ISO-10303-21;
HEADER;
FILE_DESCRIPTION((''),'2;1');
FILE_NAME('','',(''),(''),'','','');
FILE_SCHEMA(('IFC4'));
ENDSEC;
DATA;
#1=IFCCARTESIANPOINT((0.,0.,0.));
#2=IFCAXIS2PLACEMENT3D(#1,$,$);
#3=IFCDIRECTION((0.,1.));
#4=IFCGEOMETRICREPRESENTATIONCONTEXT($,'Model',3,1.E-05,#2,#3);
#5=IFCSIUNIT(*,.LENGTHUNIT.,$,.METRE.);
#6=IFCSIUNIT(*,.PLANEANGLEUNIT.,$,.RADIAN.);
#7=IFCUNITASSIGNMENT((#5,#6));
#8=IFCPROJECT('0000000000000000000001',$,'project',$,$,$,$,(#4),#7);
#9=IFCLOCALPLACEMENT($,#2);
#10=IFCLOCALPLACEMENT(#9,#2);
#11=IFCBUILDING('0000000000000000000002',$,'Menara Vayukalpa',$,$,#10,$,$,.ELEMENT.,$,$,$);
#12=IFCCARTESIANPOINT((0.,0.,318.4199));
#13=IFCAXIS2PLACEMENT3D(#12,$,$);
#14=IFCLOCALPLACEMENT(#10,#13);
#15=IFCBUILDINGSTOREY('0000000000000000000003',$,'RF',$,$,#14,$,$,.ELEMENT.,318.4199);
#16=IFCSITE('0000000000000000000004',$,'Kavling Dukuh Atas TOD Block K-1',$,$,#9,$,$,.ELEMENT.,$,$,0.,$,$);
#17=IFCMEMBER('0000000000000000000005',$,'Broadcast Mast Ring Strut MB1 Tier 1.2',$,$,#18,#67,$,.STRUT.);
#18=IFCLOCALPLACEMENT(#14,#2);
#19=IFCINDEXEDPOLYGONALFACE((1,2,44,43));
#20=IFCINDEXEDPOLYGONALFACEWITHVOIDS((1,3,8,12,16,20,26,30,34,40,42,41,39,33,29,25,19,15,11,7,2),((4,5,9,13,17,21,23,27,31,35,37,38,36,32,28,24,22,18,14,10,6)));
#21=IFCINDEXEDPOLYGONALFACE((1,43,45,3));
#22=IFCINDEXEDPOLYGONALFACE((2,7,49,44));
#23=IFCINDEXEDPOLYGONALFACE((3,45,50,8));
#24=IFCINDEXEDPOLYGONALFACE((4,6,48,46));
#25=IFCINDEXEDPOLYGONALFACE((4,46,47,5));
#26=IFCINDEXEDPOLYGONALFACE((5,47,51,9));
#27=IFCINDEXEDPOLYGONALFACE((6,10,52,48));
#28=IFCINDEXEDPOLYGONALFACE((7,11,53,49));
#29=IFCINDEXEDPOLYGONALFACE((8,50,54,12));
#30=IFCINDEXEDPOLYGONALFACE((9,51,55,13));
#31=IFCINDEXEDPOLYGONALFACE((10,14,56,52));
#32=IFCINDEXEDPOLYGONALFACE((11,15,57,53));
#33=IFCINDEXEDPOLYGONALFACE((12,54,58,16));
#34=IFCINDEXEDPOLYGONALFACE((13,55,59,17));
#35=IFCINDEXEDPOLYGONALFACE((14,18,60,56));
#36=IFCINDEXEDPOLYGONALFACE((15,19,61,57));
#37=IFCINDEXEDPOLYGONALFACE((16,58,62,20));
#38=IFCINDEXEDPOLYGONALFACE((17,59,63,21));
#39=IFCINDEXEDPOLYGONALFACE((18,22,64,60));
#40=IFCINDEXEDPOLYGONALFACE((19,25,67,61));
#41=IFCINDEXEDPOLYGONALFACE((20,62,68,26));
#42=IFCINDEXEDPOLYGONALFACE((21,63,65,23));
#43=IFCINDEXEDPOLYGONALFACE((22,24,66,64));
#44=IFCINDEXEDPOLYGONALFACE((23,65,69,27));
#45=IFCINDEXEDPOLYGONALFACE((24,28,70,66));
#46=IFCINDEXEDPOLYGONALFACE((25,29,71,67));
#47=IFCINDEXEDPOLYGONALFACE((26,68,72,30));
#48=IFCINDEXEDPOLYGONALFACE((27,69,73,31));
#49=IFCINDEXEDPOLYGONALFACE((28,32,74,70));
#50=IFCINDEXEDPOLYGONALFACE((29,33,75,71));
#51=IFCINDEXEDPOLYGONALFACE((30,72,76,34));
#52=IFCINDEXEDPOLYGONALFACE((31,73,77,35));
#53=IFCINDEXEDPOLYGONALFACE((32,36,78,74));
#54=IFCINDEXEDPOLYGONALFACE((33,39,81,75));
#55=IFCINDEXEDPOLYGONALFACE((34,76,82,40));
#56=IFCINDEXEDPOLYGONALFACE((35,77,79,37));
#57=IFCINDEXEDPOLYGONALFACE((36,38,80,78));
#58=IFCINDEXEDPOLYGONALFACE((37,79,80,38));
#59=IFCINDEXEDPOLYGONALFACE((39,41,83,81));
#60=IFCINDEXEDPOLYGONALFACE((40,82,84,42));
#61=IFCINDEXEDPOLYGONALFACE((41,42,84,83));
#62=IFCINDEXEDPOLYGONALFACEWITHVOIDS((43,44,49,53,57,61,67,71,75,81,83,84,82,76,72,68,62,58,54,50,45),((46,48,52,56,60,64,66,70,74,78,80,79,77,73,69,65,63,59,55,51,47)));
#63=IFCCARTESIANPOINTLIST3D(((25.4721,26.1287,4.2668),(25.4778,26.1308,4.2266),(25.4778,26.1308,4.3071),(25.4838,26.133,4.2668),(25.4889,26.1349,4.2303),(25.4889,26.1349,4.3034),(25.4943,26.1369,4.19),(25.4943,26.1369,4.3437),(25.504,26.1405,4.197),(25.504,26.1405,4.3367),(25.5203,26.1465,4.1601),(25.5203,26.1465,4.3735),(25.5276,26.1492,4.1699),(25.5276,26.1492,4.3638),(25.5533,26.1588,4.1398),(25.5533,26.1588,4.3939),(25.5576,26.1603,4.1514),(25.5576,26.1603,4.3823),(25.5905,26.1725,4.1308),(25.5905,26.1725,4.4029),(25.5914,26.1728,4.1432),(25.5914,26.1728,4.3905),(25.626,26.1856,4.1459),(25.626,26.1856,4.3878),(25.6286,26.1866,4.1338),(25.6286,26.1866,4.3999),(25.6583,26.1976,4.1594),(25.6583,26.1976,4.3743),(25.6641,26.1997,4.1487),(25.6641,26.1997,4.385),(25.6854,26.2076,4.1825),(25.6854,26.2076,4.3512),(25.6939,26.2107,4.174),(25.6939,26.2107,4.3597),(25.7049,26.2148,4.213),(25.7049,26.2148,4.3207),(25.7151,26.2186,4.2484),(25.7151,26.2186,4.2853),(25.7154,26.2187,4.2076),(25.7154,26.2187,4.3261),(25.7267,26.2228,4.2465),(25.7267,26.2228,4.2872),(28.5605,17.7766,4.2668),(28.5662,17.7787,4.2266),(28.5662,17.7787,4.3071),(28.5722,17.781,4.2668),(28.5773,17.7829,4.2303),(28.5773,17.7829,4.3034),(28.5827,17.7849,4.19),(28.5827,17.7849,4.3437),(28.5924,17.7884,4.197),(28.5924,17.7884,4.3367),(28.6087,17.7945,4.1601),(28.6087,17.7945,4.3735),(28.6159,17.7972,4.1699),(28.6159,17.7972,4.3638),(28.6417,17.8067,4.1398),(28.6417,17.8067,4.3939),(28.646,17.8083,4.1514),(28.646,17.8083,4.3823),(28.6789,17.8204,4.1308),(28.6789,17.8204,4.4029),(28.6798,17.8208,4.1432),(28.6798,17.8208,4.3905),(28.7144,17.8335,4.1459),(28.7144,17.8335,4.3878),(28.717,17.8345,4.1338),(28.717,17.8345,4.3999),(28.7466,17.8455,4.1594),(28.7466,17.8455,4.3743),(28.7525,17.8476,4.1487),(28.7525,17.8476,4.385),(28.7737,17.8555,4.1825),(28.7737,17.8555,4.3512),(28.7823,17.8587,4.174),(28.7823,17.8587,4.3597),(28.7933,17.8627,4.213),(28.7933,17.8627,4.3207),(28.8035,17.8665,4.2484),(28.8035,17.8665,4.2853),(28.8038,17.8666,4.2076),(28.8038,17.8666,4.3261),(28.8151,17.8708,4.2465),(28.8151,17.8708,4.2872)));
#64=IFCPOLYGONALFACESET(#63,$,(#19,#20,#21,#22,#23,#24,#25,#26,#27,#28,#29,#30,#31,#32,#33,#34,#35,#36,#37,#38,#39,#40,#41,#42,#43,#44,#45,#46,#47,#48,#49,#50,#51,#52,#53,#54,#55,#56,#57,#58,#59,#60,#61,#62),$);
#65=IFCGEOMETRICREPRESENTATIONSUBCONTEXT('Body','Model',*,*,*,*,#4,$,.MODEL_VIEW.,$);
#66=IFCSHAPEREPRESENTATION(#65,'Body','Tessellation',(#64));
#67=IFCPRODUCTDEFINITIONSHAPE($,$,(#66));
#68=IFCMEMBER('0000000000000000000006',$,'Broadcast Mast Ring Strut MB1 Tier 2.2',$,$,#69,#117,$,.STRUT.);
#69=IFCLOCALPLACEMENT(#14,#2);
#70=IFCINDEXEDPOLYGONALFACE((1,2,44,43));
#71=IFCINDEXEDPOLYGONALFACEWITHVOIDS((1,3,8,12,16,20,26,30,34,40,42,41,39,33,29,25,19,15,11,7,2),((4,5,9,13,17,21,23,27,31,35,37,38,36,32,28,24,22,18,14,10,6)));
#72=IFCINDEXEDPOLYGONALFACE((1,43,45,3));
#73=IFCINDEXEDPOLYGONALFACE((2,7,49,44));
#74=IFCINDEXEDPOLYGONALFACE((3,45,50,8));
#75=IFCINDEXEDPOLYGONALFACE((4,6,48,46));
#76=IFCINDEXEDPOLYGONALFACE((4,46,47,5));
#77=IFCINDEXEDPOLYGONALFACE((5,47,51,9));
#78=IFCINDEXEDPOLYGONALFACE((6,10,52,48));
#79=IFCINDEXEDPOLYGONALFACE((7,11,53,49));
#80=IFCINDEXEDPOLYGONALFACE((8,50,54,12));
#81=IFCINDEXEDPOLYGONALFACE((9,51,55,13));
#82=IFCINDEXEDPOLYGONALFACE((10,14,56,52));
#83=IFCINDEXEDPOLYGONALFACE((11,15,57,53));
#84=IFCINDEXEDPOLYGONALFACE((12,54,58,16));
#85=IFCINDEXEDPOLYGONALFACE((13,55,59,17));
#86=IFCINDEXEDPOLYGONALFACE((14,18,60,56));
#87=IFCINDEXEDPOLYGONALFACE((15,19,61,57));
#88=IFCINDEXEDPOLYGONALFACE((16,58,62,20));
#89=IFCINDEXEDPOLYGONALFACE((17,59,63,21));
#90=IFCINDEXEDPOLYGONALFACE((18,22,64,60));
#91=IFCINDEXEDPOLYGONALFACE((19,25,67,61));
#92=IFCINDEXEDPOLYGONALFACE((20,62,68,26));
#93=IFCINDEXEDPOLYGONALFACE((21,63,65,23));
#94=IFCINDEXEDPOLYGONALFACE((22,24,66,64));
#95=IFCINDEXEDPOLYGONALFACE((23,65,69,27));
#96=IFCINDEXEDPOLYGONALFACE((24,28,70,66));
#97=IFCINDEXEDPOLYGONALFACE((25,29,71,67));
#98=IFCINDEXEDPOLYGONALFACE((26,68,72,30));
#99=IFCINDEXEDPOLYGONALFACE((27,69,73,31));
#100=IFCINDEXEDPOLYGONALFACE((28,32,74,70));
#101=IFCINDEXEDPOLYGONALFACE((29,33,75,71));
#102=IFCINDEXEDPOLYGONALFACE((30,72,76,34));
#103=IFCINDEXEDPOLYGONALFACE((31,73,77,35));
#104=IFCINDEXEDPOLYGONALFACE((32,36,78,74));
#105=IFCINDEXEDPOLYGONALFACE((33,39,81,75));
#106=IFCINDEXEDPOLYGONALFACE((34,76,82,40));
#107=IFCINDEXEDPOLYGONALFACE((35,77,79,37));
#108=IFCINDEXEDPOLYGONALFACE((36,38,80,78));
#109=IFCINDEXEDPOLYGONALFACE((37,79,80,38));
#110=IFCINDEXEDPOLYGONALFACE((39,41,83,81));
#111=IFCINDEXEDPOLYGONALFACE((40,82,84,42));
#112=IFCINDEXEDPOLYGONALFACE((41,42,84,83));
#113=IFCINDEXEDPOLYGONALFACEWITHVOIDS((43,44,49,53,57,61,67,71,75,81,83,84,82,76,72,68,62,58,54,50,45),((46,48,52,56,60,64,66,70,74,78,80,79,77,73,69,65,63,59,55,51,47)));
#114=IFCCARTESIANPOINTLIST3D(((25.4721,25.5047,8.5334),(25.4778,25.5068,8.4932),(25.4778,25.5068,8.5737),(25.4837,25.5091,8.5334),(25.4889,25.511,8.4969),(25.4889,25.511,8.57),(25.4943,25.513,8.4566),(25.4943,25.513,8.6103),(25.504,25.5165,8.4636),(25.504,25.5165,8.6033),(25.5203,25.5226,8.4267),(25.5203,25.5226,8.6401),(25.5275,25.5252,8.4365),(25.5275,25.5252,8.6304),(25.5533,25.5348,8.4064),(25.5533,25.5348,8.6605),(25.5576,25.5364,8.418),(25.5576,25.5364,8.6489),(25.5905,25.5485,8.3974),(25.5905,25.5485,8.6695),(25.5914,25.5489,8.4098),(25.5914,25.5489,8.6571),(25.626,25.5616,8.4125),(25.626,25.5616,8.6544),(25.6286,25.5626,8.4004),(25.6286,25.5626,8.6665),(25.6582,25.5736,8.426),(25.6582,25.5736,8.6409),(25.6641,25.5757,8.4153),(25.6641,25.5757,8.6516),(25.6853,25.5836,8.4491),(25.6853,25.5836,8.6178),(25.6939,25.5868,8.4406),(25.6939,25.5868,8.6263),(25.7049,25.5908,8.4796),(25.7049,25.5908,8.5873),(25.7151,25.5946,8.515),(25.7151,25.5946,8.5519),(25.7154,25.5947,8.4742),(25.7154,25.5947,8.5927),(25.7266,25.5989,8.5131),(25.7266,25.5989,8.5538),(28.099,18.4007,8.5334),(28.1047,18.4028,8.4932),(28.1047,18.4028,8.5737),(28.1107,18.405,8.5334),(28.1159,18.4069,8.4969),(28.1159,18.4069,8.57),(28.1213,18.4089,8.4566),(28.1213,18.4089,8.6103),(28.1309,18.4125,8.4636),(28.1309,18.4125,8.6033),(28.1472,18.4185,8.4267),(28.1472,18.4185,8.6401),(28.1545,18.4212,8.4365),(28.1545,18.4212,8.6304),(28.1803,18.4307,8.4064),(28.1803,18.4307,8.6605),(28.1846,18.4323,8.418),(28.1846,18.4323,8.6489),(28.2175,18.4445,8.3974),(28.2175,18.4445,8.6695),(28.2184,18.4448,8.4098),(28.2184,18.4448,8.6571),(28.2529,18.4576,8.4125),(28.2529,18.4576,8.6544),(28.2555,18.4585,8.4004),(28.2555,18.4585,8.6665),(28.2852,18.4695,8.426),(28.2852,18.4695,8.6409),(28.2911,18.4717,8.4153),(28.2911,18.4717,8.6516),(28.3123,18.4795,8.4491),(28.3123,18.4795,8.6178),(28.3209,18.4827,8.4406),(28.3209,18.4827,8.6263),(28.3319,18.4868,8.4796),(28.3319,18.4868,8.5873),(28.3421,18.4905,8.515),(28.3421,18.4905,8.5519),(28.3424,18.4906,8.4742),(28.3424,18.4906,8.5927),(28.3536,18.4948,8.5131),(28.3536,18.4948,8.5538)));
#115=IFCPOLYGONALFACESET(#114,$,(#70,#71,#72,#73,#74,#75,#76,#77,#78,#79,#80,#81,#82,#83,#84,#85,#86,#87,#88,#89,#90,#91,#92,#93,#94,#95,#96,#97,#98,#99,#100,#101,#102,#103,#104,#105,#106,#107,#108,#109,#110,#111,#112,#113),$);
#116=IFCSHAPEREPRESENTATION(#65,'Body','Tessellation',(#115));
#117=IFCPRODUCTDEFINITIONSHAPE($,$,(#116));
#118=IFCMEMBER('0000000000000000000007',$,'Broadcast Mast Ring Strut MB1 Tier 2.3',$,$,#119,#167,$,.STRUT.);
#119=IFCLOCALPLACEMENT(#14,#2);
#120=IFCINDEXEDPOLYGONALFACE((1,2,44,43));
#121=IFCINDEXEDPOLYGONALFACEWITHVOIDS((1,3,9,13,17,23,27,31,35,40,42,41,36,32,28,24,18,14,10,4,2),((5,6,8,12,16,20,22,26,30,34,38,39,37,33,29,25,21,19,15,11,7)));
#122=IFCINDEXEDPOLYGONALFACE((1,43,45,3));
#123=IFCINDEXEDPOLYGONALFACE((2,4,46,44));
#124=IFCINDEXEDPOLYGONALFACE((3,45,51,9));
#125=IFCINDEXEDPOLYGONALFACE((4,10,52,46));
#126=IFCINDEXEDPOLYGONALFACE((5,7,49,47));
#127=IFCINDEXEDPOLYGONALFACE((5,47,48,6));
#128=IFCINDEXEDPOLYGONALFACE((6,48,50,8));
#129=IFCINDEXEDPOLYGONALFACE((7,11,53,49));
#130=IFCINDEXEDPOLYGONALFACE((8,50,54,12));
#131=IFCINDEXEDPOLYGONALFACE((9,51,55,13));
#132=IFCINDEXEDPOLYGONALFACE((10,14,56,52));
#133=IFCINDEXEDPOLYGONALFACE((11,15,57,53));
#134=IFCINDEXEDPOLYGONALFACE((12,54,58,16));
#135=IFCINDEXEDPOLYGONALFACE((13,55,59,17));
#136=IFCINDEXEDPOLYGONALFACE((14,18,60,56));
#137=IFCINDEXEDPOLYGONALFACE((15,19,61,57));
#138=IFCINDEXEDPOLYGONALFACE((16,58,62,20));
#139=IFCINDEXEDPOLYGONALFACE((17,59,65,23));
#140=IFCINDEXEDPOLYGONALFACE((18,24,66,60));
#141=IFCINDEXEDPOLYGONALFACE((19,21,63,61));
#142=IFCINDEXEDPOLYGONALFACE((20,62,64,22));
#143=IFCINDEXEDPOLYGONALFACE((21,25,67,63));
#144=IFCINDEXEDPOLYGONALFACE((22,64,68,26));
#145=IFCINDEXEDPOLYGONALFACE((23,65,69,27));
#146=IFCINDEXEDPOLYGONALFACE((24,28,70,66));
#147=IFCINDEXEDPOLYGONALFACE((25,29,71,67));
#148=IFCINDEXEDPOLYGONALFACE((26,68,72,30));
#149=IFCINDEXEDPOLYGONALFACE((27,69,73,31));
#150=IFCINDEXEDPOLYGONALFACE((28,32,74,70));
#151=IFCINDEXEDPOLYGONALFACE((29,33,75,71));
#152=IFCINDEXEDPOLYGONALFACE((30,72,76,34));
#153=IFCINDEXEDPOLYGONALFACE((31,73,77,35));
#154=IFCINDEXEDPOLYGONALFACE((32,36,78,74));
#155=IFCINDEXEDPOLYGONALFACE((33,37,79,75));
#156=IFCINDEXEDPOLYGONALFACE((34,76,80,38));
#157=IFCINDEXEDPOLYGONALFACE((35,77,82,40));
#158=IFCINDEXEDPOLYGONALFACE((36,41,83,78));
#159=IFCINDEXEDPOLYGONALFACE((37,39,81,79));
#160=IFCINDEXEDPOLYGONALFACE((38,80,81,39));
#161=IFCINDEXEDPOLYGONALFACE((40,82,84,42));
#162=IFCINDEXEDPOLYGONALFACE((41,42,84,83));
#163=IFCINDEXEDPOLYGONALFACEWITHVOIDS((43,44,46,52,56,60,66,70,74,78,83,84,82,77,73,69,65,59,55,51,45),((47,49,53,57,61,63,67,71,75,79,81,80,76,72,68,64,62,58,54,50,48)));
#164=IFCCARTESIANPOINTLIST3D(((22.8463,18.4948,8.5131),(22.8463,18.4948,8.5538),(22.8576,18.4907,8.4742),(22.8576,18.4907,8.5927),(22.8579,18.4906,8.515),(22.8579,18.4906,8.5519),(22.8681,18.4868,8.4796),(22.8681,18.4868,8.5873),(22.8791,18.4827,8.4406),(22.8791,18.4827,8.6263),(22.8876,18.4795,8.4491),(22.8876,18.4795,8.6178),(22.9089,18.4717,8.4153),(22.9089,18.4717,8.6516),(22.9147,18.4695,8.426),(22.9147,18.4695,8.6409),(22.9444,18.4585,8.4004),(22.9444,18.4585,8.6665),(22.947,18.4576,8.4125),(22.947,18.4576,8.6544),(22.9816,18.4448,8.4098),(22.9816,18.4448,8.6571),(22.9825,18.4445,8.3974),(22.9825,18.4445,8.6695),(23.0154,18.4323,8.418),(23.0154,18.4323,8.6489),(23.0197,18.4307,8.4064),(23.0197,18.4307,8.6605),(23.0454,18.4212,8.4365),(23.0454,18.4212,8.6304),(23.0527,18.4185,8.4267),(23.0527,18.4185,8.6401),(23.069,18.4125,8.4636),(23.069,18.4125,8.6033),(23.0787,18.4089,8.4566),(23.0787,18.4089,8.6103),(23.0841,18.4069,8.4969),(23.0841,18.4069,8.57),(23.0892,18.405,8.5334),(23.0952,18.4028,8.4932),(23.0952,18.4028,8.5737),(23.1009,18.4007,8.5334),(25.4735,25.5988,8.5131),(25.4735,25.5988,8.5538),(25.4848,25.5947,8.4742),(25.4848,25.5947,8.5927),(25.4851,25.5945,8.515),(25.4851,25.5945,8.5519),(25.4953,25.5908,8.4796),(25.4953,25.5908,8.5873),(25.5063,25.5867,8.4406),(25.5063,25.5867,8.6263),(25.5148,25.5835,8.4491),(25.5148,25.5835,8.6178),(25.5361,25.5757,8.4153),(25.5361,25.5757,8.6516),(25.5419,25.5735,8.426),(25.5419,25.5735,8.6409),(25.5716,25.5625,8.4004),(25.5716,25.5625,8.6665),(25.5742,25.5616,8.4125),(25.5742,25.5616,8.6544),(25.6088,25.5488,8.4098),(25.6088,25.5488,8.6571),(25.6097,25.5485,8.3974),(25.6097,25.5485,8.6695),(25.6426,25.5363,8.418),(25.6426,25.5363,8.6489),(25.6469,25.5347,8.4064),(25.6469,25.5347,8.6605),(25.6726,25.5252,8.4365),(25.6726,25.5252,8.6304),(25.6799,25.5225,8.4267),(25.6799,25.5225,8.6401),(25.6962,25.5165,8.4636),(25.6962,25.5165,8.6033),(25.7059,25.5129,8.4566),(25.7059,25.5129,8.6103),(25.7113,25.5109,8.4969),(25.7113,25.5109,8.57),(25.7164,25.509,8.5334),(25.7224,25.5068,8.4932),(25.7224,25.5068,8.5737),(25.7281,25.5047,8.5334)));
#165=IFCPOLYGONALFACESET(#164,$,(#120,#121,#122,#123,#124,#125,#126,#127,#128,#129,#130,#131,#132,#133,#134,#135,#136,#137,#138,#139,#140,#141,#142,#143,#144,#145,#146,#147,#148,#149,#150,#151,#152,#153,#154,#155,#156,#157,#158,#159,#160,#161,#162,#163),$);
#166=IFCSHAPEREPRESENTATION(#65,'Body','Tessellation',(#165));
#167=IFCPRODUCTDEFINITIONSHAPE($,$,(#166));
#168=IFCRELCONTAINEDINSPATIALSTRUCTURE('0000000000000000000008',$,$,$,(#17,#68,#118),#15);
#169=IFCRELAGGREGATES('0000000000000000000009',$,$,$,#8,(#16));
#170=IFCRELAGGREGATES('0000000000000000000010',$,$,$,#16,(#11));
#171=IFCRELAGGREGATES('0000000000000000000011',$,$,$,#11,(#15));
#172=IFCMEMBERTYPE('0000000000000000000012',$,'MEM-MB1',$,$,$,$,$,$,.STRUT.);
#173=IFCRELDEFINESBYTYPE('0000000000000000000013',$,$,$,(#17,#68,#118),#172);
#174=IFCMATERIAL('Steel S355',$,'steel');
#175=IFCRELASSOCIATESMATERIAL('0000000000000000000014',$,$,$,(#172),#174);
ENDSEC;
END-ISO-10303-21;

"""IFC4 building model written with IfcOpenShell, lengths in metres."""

from ifc_helpers import new_model, si_unit, direction, frame, origin, origin_2d, place, context, subcontext, project, spatial, hollow_circle, extrude, material, material_profile, profile_set, type_object, element, save


model = new_model("IFC4")

# Units and contexts
model_context = context("Model", 3, precision=1e-05, world=origin(), true_north=direction((0.0, 1.0)))
body_context = subcontext(model_context, "Body", "Model", "MODEL_VIEW")
ifc_project = project(units=[si_unit("LENGTHUNIT", "METRE"), si_unit("PLANEANGLEUNIT", "RADIAN")], contexts=[model_context])

# Site, building, storey
site_placement = place(None, origin())
site = spatial("IfcSite", under=ifc_project, at=site_placement, Name="Kavling Dukuh Atas TOD Block K-1", CompositionType="ELEMENT", RefElevation=0.0)
building_placement = place(site_placement, origin())
building = spatial("IfcBuilding", under=site, at=building_placement, Name="Menara Vayukalpa", CompositionType="ELEMENT")
storey_placement = place(building_placement, frame((0.0, 0.0, 318.4199)))
storey = spatial("IfcBuildingStorey", under=building, at=storey_placement, Name="RF", CompositionType="ELEMENT", Elevation=318.4199)

# Members
ifc_material_1 = material(Name="Steel S355", Category="steel")
ifc_material_profile_1 = material_profile(ifc_material_1, hollow_circle(Radius=0.1365, WallThickness=0.0125, at=origin_2d()), Name="CHS 273.0x12.5")
ifc_profile_set_1 = profile_set([ifc_material_profile_1], Name="Steel S355")
member_type_1 = type_object("IfcMemberType", Name="MEM-MB1", PredefinedType="STRUT", material=ifc_profile_set_1)
member_1_placement = place(storey_placement, frame((28.6885, 17.824, 4.2668), z_axis=(-0.346823, 0.937931, 0.0), x_axis=(-0.937931, -0.346823, 0.0)))
element("IfcMember", 1, at=member_1_placement, inside=storey, type_object=member_type_1, Name="Broadcast Mast Ring Strut MB1 Tier 1.2", PredefinedType="STRUT", context=body_context, shape_type="SweptSolid", body=[
    extrude(hollow_circle(Radius=0.1365, WallThickness=0.0125, at=origin_2d()), origin(), (0.0, 0.0, 1.0), 8.9048),
])
for number, where, z_axis, x_axis, name in (
    (2, (28.2271, 18.448, 8.5334), (-0.346831, 0.937927, 0.0), (-0.937927, -0.346831, 0.0), "Broadcast Mast Ring Strut MB1 Tier 2.2"),
    (3, (25.6001, 25.552, 8.5334), (-0.34686, -0.937917, 0.0), (0.937917, -0.34686, 0.0), "Broadcast Mast Ring Strut MB1 Tier 2.3"),
):
    element("IfcMember", number, at=place(storey_placement, frame(where, z_axis=z_axis, x_axis=x_axis)), inside=storey, type_object=member_type_1, Name=name, PredefinedType="STRUT", context=body_context, shape_type="SweptSolid", body=[
        extrude(hollow_circle(Radius=0.1365, WallThickness=0.0125, at=origin_2d()), origin(), (0.0, 0.0, 1.0), 7.5742),
    ])

save(model, "model.ifc")
